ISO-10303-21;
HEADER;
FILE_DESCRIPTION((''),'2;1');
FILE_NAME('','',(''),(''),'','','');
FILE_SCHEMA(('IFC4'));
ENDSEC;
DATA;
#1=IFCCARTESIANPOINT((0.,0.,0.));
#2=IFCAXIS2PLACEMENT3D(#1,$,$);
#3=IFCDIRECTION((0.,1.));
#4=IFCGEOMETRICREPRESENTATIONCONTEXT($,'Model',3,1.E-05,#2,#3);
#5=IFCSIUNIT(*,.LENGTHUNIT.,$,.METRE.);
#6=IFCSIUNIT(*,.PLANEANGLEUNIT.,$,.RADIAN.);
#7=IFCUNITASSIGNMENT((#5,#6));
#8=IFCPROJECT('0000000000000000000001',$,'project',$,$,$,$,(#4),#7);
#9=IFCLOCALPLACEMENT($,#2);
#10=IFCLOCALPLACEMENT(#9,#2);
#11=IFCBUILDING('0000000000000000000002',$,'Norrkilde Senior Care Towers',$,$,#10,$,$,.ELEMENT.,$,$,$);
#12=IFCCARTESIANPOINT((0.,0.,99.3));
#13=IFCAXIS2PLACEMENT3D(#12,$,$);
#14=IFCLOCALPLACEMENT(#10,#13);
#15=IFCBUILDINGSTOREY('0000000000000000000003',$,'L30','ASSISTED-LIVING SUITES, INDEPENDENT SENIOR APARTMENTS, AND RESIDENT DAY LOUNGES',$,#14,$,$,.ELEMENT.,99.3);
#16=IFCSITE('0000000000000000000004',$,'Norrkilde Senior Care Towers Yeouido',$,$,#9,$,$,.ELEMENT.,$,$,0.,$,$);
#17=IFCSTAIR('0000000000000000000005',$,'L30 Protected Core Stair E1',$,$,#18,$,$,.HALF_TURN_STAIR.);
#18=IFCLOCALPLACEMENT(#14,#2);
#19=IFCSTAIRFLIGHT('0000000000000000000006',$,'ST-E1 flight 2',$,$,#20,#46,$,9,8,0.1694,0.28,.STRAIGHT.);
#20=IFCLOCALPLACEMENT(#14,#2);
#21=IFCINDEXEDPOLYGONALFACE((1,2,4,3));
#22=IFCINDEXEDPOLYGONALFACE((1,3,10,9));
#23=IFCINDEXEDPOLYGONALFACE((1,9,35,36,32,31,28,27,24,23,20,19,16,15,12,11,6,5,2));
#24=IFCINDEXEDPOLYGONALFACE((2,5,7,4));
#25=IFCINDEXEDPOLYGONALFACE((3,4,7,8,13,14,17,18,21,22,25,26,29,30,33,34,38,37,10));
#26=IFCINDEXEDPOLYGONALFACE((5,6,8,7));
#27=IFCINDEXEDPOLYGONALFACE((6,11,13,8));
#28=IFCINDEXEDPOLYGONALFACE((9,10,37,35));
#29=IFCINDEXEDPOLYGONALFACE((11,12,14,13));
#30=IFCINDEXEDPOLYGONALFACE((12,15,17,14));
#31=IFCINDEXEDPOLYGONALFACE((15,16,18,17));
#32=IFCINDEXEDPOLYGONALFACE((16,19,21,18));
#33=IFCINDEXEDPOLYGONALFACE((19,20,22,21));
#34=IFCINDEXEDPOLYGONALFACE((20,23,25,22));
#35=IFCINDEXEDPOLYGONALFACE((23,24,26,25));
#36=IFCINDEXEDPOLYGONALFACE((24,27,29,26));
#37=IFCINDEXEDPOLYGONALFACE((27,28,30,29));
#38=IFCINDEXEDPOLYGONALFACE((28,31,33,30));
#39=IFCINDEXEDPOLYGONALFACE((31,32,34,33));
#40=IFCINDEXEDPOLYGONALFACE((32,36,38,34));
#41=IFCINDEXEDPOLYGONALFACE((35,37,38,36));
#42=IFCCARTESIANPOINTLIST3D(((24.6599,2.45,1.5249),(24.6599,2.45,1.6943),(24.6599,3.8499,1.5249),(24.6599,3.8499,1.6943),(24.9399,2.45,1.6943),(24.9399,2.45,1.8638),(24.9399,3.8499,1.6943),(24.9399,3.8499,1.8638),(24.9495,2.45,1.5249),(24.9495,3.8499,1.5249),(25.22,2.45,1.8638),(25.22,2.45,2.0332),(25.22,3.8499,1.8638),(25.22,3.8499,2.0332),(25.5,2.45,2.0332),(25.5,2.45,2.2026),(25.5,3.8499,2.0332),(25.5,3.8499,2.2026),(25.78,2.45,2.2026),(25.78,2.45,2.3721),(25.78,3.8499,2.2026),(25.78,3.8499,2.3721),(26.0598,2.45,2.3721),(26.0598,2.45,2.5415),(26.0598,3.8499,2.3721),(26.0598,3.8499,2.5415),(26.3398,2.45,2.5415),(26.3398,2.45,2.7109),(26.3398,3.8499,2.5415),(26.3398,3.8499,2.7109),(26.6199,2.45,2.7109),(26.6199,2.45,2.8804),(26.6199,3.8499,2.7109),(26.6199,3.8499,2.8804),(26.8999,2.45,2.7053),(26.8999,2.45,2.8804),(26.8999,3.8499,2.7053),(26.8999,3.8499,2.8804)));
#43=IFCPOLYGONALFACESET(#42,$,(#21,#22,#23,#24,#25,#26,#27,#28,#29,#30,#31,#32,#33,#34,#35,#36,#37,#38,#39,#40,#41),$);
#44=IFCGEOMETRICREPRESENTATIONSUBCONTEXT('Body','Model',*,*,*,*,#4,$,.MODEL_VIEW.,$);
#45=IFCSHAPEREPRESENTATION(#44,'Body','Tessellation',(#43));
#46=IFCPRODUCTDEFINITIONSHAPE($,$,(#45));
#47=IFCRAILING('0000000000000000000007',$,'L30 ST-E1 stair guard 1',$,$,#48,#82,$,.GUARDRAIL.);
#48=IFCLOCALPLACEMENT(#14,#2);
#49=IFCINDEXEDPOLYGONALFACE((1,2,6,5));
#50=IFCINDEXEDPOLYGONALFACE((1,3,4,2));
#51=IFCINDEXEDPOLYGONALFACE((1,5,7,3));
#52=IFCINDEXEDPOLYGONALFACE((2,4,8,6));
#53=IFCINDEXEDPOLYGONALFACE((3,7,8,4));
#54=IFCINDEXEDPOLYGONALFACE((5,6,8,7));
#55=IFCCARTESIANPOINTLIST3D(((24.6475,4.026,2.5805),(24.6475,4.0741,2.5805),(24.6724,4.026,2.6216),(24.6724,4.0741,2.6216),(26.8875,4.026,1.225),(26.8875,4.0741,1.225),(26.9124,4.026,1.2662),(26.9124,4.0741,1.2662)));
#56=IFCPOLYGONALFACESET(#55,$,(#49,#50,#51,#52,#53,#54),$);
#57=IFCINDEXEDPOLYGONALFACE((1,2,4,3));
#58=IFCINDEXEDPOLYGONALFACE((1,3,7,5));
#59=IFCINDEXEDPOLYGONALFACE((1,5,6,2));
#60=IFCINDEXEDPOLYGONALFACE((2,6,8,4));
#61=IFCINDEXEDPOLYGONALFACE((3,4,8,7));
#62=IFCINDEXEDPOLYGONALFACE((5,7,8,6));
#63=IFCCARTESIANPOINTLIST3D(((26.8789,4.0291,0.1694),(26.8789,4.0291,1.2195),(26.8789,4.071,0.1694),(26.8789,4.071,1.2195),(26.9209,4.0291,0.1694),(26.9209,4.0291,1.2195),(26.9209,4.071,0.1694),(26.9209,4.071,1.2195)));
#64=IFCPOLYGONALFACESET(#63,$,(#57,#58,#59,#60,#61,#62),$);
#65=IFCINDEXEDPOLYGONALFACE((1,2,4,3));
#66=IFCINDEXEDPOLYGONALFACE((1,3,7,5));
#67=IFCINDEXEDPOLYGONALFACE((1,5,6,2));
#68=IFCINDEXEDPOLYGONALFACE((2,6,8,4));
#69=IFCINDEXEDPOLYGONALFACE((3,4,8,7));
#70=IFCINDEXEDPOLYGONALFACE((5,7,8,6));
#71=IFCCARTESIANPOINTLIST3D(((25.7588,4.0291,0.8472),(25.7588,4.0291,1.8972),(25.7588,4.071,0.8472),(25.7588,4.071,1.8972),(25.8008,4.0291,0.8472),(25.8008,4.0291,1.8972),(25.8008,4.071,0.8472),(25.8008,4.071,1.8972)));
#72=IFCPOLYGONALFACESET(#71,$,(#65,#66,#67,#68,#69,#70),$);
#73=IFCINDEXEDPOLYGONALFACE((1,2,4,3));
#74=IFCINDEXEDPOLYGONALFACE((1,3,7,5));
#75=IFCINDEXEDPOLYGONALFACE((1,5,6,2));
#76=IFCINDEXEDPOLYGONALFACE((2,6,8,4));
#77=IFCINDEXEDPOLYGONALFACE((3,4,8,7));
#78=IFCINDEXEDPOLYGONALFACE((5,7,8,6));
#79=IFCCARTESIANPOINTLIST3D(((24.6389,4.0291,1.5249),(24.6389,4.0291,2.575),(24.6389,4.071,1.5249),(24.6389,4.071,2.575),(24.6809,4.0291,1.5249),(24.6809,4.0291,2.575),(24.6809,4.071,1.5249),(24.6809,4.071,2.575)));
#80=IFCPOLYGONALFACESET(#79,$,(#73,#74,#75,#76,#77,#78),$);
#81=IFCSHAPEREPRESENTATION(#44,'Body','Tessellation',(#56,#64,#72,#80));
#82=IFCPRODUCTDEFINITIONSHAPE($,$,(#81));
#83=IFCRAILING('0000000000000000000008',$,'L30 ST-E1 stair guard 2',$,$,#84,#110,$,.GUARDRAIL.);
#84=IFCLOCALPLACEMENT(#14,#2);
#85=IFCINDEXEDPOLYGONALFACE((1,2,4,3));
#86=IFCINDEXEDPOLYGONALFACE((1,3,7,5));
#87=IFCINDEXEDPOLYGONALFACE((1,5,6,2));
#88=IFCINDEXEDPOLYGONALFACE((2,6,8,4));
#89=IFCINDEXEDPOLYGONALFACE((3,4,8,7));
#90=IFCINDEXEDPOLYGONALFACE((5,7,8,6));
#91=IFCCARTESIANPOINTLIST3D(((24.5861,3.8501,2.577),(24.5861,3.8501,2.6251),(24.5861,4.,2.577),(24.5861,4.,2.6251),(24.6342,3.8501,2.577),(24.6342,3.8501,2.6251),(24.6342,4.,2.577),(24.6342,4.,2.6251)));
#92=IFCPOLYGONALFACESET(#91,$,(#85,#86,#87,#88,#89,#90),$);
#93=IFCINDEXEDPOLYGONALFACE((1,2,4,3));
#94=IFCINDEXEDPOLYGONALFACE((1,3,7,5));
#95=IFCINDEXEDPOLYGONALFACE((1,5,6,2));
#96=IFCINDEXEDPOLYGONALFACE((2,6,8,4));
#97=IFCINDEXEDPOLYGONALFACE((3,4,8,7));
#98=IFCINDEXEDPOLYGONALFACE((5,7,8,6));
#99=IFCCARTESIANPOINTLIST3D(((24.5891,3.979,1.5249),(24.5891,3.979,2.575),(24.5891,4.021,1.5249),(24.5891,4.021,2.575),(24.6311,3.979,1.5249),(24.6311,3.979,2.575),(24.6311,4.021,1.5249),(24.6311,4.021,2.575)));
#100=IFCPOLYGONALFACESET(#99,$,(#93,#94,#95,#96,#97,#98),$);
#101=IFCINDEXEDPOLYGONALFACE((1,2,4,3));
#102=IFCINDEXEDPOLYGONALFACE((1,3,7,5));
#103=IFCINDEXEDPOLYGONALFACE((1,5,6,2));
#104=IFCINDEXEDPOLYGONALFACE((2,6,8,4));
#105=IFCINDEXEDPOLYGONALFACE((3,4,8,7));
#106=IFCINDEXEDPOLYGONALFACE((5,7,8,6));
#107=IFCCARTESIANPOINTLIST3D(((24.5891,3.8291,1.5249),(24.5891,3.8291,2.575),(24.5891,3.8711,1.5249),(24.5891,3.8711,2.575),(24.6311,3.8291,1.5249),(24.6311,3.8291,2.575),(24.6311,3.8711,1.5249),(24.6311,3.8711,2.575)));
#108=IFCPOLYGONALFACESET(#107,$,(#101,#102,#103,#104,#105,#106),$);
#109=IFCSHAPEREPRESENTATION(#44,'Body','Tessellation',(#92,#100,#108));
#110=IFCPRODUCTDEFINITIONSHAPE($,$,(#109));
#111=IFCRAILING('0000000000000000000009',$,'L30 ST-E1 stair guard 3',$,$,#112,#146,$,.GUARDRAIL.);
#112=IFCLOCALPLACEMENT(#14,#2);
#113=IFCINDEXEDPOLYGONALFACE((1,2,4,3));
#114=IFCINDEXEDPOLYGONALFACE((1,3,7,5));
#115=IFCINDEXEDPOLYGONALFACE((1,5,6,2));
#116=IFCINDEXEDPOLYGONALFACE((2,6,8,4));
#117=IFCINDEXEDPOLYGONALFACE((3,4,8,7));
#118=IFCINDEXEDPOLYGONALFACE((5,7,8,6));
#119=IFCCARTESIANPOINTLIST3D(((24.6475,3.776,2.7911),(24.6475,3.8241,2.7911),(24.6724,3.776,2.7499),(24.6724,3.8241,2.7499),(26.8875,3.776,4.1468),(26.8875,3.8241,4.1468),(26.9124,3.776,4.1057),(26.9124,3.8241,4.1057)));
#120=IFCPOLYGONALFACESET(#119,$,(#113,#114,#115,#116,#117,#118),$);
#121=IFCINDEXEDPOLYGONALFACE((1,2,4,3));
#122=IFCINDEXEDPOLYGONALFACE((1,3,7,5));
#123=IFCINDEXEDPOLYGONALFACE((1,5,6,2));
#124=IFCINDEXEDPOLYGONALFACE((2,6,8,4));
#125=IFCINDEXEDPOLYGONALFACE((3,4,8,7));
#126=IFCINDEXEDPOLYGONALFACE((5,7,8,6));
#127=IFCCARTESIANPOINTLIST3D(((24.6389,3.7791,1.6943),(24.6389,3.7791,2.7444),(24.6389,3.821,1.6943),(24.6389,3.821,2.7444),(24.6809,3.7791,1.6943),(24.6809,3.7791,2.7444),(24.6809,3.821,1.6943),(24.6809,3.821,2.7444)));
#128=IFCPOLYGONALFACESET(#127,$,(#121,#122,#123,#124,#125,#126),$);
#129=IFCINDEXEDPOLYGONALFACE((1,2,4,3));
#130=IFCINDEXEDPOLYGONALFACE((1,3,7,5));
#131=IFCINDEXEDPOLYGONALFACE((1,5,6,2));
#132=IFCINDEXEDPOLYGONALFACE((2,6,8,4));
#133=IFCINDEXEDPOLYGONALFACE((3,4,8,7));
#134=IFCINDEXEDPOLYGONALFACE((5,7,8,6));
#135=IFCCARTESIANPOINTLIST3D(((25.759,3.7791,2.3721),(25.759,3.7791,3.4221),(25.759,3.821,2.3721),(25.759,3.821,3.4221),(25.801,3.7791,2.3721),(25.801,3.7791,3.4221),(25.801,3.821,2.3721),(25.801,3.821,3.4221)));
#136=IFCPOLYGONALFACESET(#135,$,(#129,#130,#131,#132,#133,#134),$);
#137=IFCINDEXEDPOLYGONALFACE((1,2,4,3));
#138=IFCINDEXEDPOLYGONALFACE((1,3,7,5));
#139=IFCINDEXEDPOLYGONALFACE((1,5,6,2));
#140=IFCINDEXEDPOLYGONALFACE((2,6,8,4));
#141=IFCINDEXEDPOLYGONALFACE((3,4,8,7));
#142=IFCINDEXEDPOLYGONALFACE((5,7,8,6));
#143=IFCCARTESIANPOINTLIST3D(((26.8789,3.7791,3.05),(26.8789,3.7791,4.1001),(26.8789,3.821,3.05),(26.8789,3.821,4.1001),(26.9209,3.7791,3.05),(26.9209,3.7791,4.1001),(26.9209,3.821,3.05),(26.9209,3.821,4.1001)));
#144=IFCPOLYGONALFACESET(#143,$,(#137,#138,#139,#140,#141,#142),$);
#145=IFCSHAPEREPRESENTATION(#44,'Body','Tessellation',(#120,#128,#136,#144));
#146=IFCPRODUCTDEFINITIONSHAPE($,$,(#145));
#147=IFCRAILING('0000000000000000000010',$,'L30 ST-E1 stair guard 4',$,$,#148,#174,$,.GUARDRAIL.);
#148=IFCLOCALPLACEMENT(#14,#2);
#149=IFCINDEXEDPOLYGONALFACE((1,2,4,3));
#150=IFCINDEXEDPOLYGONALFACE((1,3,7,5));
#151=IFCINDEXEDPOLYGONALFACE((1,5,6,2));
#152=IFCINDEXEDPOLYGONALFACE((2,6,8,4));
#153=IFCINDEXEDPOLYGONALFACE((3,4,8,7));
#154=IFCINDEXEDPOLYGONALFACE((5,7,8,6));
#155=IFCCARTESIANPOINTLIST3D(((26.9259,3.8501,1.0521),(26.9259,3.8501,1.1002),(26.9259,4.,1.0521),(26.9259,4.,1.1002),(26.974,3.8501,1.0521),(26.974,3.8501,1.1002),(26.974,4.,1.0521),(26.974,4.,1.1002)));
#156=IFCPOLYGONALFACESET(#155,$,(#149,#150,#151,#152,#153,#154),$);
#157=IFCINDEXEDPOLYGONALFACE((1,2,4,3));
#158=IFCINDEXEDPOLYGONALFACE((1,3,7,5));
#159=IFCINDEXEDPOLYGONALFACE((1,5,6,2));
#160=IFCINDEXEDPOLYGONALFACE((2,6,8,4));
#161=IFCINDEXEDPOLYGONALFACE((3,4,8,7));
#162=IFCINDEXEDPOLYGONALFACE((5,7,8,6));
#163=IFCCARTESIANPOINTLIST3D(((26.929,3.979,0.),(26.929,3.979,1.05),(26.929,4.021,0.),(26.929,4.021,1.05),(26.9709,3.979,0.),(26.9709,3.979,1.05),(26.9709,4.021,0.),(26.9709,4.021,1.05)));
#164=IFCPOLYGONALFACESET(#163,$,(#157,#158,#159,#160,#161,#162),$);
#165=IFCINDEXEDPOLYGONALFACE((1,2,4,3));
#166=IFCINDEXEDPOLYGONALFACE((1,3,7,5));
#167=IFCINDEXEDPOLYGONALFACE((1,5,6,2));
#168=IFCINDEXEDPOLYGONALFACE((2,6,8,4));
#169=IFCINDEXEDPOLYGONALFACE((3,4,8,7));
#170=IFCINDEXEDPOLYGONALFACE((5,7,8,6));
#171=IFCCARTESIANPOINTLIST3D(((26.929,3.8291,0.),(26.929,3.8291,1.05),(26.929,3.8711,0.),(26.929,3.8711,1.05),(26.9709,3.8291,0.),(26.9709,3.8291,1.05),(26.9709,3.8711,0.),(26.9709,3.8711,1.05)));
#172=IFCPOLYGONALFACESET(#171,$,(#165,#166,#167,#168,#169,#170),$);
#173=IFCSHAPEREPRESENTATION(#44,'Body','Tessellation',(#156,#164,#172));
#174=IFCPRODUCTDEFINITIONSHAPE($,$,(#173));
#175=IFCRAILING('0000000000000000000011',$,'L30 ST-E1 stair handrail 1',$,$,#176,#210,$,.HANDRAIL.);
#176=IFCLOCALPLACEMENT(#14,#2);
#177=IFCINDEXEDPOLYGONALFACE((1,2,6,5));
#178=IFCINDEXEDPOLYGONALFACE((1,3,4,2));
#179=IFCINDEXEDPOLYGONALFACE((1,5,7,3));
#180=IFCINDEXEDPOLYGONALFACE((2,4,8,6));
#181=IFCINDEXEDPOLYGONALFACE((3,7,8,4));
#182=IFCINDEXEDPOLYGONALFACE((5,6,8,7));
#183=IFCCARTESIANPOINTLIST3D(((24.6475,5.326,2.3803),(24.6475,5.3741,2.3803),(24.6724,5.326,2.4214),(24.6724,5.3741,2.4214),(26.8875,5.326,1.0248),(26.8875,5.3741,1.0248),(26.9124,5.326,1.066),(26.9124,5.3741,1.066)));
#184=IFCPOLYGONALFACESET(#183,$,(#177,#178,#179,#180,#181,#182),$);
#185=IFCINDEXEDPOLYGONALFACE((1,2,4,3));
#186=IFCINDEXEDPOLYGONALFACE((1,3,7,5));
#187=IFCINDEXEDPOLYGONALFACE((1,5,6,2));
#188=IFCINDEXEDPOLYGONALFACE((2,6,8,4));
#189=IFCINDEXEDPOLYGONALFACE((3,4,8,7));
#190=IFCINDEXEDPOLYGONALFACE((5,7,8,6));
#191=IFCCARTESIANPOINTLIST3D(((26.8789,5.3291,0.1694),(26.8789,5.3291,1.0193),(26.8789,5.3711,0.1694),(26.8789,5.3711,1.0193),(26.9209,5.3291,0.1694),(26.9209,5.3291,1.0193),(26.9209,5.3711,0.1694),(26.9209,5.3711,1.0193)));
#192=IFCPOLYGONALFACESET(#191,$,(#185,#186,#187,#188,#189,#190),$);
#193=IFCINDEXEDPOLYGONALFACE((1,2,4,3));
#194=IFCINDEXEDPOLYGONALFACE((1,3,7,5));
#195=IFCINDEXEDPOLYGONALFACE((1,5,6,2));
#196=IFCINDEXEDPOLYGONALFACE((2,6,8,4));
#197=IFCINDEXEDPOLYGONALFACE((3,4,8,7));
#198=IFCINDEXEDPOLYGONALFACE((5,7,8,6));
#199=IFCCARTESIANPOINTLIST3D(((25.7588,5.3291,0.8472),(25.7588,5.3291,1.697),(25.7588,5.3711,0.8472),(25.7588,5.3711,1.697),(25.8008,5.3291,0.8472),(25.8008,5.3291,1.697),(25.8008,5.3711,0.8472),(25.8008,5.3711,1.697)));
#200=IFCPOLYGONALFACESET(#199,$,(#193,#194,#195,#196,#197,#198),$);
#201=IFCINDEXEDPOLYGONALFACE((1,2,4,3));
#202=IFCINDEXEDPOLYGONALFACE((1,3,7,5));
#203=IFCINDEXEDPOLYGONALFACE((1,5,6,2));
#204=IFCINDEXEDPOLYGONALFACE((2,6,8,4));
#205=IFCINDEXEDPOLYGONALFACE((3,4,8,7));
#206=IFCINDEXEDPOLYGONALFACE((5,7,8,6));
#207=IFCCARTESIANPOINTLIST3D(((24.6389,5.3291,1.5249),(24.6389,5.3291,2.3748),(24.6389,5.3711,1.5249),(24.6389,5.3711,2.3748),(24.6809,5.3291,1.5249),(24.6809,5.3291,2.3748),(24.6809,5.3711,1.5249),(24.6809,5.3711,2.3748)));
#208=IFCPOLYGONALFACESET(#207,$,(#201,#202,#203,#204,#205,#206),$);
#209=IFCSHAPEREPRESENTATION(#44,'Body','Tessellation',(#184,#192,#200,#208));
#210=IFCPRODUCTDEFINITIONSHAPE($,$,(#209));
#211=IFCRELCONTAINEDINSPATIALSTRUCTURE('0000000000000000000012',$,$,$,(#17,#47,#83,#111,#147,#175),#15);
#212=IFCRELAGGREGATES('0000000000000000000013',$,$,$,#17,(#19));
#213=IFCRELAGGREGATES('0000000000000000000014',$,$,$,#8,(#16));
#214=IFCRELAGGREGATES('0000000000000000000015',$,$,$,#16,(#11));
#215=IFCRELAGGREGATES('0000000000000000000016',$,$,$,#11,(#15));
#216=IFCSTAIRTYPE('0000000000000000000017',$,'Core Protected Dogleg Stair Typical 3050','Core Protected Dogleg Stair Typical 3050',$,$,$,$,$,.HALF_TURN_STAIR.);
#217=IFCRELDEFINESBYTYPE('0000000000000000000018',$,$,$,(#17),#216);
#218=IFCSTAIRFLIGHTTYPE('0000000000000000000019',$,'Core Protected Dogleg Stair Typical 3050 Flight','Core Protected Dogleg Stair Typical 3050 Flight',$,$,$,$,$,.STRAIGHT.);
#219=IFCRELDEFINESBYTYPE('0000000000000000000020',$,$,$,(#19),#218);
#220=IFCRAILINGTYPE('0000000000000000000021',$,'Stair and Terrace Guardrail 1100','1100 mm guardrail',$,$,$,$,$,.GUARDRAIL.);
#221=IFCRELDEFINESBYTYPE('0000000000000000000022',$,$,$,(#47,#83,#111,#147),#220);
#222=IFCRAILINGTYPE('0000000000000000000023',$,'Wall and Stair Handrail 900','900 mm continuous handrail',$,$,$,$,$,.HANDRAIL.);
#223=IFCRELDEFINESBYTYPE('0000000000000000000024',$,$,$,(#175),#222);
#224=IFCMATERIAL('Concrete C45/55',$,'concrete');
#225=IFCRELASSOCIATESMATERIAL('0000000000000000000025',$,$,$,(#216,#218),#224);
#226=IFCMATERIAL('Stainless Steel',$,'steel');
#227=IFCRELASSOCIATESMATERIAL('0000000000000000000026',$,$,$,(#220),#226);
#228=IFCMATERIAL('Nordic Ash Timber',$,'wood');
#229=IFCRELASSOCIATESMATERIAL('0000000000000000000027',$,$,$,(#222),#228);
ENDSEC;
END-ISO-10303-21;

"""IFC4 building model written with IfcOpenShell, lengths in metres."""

from ifc_helpers import new_model, si_unit, direction, frame, origin, origin_2d, place, context, subcontext, project, spatial, polyline, rectangle, outline, extrude, material, type_object, element, aggregate, save


model = new_model("IFC4")

# Units and contexts
model_context = context("Model", 3, precision=1e-05, world=origin(), true_north=direction((0.0, 1.0)))
body_context = subcontext(model_context, "Body", "Model", "MODEL_VIEW")
ifc_project = project(units=[si_unit("LENGTHUNIT", "METRE"), si_unit("PLANEANGLEUNIT", "RADIAN")], contexts=[model_context])

# Site, building, storey
site_placement = place(None, origin())
site = spatial("IfcSite", under=ifc_project, at=site_placement, Name="Norrkilde Senior Care Towers Yeouido", CompositionType="ELEMENT", RefElevation=0.0)
building_placement = place(site_placement, origin())
building = spatial("IfcBuilding", under=site, at=building_placement, Name="Norrkilde Senior Care Towers", CompositionType="ELEMENT")
storey_placement = place(building_placement, frame((0.0, 0.0, 99.3)))
storey = spatial("IfcBuildingStorey", under=building, at=storey_placement, Name="L30", Description="ASSISTED-LIVING SUITES, INDEPENDENT SENIOR APARTMENTS, AND RESIDENT DAY LOUNGES", CompositionType="ELEMENT", Elevation=99.3)

# Shared definitions
ifc_material_1 = material(Name="Concrete C45/55", Category="concrete")

# Shared definitions
ifc_material_2 = material(Name="Nordic Ash Timber", Category="wood")

# Stair, stair flight
stair_type = type_object("IfcStairType", Name="Core Protected Dogleg Stair Typical 3050", Description="Core Protected Dogleg Stair Typical 3050", PredefinedType="HALF_TURN_STAIR", material=ifc_material_1)
stair_placement = place(storey_placement, origin())
stair = element("IfcStair", 1, at=stair_placement, inside=storey, type_object=stair_type, Name="L30 Protected Core Stair E1", PredefinedType="HALF_TURN_STAIR")
stair_flight_type = type_object("IfcStairFlightType", Name="Core Protected Dogleg Stair Typical 3050 Flight", Description="Core Protected Dogleg Stair Typical 3050 Flight", PredefinedType="STRAIGHT", material=ifc_material_1)
stair_flight_1_placement = place(storey_placement, frame((24.6599, 3.1499, 1.5249), z_axis=(0.0, 0.0, 1.0), x_axis=(1.0, 0.0, 0.0)))
stair_flight_1 = element("IfcStairFlight", 2, at=stair_flight_1_placement, type_object=stair_flight_type, Name="ST-E1 flight 2", NumberOfRisers=9, NumberOfTreads=8, PredefinedType="STRAIGHT", RiserHeight=0.1694, TreadLength=0.28, context=body_context, shape_type="SweptSolid", body=[
    extrude(outline(polyline([(0.0, 0.0), (0.0, 0.1694), (0.28, 0.1694), (0.28, 0.3389), (0.5601, 0.3389), (0.5601, 0.5083), (0.8401, 0.5083), (0.8401, 0.6777), (1.1201, 0.6777), (1.1201, 0.8472), (1.3999, 0.8472), (1.3999, 1.0166), (1.6799, 1.0166), (1.6799, 1.186), (1.96, 1.186), (1.96, 1.3555), (2.24, 1.3555), (2.24, 1.5249), (2.24, 1.1804), (0.2896, 0.0), (0.0, 0.0)])), frame((0.0, 0.7, 0.0), z_axis=(0.0, -1.0, 0.0), x_axis=(1.0, 0.0, 0.0)), (0.0, 0.0, 1.0), 1.3999),
])
aggregate(stair, [stair_flight_1])

# Railings
ifc_material_3 = material(Name="Stainless Steel", Category="steel")
railing_type_1 = type_object("IfcRailingType", Name="Stair and Terrace Guardrail 1100", Description="1100 mm guardrail", PredefinedType="GUARDRAIL", material=ifc_material_3)
railing_1_placement = place(storey_placement, frame((26.8999, 4.05, 0.1694)))
element("IfcRailing", 3, at=railing_1_placement, inside=storey, type_object=railing_type_1, Name="L30 ST-E1 stair guard 1", PredefinedType="GUARDRAIL", context=body_context, shape_type="SweptSolid", body=[
    extrude(rectangle(XDim=0.0481, YDim=0.0481, at=origin_2d()), frame((0.0, 0.0, 1.0762), z_axis=(-0.855553, 0.0, 0.517715), x_axis=(0.0, -1.0, 0.0)), (0.0, 0.0, 1.0), 2.6182),
    extrude(rectangle(XDim=0.042, YDim=0.042, at=origin_2d()), origin(), (0.0, 0.0, 1.0), 1.05),
    extrude(rectangle(XDim=0.042, YDim=0.042, at=origin_2d()), frame((-1.1201, 0.0, 0.6777)), (0.0, 0.0, 1.0), 1.05),
    extrude(rectangle(XDim=0.042, YDim=0.042, at=origin_2d()), frame((-2.24, 0.0, 1.3555)), (0.0, 0.0, 1.0), 1.05),
])
railing_2_placement = place(storey_placement, frame((24.6101, 4.0, 1.5249)))
element("IfcRailing", 4, at=railing_2_placement, inside=storey, type_object=railing_type_1, Name="L30 ST-E1 stair guard 2", PredefinedType="GUARDRAIL", context=body_context, shape_type="SweptSolid", body=[
    extrude(rectangle(XDim=0.0481, YDim=0.0481, at=origin_2d()), frame((0.0, 0.0, 1.0762), z_axis=(0.0, -1.0, 0.0), x_axis=(1.0, 0.0, 0.0)), (0.0, 0.0, 1.0), 0.1499),
    extrude(rectangle(XDim=0.042, YDim=0.042, at=origin_2d()), origin(), (0.0, 0.0, 1.0), 1.05),
    extrude(rectangle(XDim=0.042, YDim=0.042, at=origin_2d()), frame((0.0, -0.1499, 0.0)), (0.0, 0.0, 1.0), 1.05),
])
railing_3_placement = place(storey_placement, frame((24.6599, 3.8, 1.6943)))
element("IfcRailing", 5, at=railing_3_placement, inside=storey, type_object=railing_type_1, Name="L30 ST-E1 stair guard 3", PredefinedType="GUARDRAIL", context=body_context, shape_type="SweptSolid", body=[
    extrude(rectangle(XDim=0.0481, YDim=0.0481, at=origin_2d()), frame((0.0, 0.0, 1.0762), z_axis=(0.855512, 0.0, 0.517783), x_axis=(0.0, 1.0, 0.0)), (0.0, 0.0, 1.0), 2.6184),
    extrude(rectangle(XDim=0.042, YDim=0.042, at=origin_2d()), origin(), (0.0, 0.0, 1.0), 1.05),
    extrude(rectangle(XDim=0.042, YDim=0.042, at=origin_2d()), frame((1.1201, 0.0, 0.6777)), (0.0, 0.0, 1.0), 1.05),
    extrude(rectangle(XDim=0.042, YDim=0.042, at=origin_2d()), frame((2.24, 0.0, 1.3557)), (0.0, 0.0, 1.0), 1.05),
])
railing_4_placement = place(storey_placement, frame((26.95, 4.0, 0.0)))
element("IfcRailing", 6, at=railing_4_placement, inside=storey, type_object=railing_type_1, Name="L30 ST-E1 stair guard 4", PredefinedType="GUARDRAIL", context=body_context, shape_type="SweptSolid", body=[
    extrude(rectangle(XDim=0.0481, YDim=0.0481, at=origin_2d()), frame((0.0, 0.0, 1.0762), z_axis=(0.0, -1.0, 0.0), x_axis=(1.0, 0.0, 0.0)), (0.0, 0.0, 1.0), 0.1499),
    extrude(rectangle(XDim=0.042, YDim=0.042, at=origin_2d()), origin(), (0.0, 0.0, 1.0), 1.05),
    extrude(rectangle(XDim=0.042, YDim=0.042, at=origin_2d()), frame((0.0, -0.1499, 0.0)), (0.0, 0.0, 1.0), 1.05),
])
railing_type_2 = type_object("IfcRailingType", Name="Wall and Stair Handrail 900", Description="900 mm continuous handrail", PredefinedType="HANDRAIL", material=ifc_material_2)
railing_5_placement = place(storey_placement, frame((26.8999, 5.3501, 0.1694)))
element("IfcRailing", 7, at=railing_5_placement, inside=storey, type_object=railing_type_2, Name="L30 ST-E1 stair handrail 1", PredefinedType="HANDRAIL", context=body_context, shape_type="SweptSolid", body=[
    extrude(rectangle(XDim=0.0481, YDim=0.0481, at=origin_2d()), frame((0.0, 0.0, 0.876), z_axis=(-0.855553, 0.0, 0.517715), x_axis=(0.0, -1.0, 0.0)), (0.0, 0.0, 1.0), 2.6182),
    extrude(rectangle(XDim=0.042, YDim=0.042, at=origin_2d()), origin(), (0.0, 0.0, 1.0), 0.8499),
    extrude(rectangle(XDim=0.042, YDim=0.042, at=origin_2d()), frame((-1.1201, 0.0, 0.6777)), (0.0, 0.0, 1.0), 0.8499),
    extrude(rectangle(XDim=0.042, YDim=0.042, at=origin_2d()), frame((-2.24, 0.0, 1.3555)), (0.0, 0.0, 1.0), 0.8499),
])

save(model, "model.ifc")
